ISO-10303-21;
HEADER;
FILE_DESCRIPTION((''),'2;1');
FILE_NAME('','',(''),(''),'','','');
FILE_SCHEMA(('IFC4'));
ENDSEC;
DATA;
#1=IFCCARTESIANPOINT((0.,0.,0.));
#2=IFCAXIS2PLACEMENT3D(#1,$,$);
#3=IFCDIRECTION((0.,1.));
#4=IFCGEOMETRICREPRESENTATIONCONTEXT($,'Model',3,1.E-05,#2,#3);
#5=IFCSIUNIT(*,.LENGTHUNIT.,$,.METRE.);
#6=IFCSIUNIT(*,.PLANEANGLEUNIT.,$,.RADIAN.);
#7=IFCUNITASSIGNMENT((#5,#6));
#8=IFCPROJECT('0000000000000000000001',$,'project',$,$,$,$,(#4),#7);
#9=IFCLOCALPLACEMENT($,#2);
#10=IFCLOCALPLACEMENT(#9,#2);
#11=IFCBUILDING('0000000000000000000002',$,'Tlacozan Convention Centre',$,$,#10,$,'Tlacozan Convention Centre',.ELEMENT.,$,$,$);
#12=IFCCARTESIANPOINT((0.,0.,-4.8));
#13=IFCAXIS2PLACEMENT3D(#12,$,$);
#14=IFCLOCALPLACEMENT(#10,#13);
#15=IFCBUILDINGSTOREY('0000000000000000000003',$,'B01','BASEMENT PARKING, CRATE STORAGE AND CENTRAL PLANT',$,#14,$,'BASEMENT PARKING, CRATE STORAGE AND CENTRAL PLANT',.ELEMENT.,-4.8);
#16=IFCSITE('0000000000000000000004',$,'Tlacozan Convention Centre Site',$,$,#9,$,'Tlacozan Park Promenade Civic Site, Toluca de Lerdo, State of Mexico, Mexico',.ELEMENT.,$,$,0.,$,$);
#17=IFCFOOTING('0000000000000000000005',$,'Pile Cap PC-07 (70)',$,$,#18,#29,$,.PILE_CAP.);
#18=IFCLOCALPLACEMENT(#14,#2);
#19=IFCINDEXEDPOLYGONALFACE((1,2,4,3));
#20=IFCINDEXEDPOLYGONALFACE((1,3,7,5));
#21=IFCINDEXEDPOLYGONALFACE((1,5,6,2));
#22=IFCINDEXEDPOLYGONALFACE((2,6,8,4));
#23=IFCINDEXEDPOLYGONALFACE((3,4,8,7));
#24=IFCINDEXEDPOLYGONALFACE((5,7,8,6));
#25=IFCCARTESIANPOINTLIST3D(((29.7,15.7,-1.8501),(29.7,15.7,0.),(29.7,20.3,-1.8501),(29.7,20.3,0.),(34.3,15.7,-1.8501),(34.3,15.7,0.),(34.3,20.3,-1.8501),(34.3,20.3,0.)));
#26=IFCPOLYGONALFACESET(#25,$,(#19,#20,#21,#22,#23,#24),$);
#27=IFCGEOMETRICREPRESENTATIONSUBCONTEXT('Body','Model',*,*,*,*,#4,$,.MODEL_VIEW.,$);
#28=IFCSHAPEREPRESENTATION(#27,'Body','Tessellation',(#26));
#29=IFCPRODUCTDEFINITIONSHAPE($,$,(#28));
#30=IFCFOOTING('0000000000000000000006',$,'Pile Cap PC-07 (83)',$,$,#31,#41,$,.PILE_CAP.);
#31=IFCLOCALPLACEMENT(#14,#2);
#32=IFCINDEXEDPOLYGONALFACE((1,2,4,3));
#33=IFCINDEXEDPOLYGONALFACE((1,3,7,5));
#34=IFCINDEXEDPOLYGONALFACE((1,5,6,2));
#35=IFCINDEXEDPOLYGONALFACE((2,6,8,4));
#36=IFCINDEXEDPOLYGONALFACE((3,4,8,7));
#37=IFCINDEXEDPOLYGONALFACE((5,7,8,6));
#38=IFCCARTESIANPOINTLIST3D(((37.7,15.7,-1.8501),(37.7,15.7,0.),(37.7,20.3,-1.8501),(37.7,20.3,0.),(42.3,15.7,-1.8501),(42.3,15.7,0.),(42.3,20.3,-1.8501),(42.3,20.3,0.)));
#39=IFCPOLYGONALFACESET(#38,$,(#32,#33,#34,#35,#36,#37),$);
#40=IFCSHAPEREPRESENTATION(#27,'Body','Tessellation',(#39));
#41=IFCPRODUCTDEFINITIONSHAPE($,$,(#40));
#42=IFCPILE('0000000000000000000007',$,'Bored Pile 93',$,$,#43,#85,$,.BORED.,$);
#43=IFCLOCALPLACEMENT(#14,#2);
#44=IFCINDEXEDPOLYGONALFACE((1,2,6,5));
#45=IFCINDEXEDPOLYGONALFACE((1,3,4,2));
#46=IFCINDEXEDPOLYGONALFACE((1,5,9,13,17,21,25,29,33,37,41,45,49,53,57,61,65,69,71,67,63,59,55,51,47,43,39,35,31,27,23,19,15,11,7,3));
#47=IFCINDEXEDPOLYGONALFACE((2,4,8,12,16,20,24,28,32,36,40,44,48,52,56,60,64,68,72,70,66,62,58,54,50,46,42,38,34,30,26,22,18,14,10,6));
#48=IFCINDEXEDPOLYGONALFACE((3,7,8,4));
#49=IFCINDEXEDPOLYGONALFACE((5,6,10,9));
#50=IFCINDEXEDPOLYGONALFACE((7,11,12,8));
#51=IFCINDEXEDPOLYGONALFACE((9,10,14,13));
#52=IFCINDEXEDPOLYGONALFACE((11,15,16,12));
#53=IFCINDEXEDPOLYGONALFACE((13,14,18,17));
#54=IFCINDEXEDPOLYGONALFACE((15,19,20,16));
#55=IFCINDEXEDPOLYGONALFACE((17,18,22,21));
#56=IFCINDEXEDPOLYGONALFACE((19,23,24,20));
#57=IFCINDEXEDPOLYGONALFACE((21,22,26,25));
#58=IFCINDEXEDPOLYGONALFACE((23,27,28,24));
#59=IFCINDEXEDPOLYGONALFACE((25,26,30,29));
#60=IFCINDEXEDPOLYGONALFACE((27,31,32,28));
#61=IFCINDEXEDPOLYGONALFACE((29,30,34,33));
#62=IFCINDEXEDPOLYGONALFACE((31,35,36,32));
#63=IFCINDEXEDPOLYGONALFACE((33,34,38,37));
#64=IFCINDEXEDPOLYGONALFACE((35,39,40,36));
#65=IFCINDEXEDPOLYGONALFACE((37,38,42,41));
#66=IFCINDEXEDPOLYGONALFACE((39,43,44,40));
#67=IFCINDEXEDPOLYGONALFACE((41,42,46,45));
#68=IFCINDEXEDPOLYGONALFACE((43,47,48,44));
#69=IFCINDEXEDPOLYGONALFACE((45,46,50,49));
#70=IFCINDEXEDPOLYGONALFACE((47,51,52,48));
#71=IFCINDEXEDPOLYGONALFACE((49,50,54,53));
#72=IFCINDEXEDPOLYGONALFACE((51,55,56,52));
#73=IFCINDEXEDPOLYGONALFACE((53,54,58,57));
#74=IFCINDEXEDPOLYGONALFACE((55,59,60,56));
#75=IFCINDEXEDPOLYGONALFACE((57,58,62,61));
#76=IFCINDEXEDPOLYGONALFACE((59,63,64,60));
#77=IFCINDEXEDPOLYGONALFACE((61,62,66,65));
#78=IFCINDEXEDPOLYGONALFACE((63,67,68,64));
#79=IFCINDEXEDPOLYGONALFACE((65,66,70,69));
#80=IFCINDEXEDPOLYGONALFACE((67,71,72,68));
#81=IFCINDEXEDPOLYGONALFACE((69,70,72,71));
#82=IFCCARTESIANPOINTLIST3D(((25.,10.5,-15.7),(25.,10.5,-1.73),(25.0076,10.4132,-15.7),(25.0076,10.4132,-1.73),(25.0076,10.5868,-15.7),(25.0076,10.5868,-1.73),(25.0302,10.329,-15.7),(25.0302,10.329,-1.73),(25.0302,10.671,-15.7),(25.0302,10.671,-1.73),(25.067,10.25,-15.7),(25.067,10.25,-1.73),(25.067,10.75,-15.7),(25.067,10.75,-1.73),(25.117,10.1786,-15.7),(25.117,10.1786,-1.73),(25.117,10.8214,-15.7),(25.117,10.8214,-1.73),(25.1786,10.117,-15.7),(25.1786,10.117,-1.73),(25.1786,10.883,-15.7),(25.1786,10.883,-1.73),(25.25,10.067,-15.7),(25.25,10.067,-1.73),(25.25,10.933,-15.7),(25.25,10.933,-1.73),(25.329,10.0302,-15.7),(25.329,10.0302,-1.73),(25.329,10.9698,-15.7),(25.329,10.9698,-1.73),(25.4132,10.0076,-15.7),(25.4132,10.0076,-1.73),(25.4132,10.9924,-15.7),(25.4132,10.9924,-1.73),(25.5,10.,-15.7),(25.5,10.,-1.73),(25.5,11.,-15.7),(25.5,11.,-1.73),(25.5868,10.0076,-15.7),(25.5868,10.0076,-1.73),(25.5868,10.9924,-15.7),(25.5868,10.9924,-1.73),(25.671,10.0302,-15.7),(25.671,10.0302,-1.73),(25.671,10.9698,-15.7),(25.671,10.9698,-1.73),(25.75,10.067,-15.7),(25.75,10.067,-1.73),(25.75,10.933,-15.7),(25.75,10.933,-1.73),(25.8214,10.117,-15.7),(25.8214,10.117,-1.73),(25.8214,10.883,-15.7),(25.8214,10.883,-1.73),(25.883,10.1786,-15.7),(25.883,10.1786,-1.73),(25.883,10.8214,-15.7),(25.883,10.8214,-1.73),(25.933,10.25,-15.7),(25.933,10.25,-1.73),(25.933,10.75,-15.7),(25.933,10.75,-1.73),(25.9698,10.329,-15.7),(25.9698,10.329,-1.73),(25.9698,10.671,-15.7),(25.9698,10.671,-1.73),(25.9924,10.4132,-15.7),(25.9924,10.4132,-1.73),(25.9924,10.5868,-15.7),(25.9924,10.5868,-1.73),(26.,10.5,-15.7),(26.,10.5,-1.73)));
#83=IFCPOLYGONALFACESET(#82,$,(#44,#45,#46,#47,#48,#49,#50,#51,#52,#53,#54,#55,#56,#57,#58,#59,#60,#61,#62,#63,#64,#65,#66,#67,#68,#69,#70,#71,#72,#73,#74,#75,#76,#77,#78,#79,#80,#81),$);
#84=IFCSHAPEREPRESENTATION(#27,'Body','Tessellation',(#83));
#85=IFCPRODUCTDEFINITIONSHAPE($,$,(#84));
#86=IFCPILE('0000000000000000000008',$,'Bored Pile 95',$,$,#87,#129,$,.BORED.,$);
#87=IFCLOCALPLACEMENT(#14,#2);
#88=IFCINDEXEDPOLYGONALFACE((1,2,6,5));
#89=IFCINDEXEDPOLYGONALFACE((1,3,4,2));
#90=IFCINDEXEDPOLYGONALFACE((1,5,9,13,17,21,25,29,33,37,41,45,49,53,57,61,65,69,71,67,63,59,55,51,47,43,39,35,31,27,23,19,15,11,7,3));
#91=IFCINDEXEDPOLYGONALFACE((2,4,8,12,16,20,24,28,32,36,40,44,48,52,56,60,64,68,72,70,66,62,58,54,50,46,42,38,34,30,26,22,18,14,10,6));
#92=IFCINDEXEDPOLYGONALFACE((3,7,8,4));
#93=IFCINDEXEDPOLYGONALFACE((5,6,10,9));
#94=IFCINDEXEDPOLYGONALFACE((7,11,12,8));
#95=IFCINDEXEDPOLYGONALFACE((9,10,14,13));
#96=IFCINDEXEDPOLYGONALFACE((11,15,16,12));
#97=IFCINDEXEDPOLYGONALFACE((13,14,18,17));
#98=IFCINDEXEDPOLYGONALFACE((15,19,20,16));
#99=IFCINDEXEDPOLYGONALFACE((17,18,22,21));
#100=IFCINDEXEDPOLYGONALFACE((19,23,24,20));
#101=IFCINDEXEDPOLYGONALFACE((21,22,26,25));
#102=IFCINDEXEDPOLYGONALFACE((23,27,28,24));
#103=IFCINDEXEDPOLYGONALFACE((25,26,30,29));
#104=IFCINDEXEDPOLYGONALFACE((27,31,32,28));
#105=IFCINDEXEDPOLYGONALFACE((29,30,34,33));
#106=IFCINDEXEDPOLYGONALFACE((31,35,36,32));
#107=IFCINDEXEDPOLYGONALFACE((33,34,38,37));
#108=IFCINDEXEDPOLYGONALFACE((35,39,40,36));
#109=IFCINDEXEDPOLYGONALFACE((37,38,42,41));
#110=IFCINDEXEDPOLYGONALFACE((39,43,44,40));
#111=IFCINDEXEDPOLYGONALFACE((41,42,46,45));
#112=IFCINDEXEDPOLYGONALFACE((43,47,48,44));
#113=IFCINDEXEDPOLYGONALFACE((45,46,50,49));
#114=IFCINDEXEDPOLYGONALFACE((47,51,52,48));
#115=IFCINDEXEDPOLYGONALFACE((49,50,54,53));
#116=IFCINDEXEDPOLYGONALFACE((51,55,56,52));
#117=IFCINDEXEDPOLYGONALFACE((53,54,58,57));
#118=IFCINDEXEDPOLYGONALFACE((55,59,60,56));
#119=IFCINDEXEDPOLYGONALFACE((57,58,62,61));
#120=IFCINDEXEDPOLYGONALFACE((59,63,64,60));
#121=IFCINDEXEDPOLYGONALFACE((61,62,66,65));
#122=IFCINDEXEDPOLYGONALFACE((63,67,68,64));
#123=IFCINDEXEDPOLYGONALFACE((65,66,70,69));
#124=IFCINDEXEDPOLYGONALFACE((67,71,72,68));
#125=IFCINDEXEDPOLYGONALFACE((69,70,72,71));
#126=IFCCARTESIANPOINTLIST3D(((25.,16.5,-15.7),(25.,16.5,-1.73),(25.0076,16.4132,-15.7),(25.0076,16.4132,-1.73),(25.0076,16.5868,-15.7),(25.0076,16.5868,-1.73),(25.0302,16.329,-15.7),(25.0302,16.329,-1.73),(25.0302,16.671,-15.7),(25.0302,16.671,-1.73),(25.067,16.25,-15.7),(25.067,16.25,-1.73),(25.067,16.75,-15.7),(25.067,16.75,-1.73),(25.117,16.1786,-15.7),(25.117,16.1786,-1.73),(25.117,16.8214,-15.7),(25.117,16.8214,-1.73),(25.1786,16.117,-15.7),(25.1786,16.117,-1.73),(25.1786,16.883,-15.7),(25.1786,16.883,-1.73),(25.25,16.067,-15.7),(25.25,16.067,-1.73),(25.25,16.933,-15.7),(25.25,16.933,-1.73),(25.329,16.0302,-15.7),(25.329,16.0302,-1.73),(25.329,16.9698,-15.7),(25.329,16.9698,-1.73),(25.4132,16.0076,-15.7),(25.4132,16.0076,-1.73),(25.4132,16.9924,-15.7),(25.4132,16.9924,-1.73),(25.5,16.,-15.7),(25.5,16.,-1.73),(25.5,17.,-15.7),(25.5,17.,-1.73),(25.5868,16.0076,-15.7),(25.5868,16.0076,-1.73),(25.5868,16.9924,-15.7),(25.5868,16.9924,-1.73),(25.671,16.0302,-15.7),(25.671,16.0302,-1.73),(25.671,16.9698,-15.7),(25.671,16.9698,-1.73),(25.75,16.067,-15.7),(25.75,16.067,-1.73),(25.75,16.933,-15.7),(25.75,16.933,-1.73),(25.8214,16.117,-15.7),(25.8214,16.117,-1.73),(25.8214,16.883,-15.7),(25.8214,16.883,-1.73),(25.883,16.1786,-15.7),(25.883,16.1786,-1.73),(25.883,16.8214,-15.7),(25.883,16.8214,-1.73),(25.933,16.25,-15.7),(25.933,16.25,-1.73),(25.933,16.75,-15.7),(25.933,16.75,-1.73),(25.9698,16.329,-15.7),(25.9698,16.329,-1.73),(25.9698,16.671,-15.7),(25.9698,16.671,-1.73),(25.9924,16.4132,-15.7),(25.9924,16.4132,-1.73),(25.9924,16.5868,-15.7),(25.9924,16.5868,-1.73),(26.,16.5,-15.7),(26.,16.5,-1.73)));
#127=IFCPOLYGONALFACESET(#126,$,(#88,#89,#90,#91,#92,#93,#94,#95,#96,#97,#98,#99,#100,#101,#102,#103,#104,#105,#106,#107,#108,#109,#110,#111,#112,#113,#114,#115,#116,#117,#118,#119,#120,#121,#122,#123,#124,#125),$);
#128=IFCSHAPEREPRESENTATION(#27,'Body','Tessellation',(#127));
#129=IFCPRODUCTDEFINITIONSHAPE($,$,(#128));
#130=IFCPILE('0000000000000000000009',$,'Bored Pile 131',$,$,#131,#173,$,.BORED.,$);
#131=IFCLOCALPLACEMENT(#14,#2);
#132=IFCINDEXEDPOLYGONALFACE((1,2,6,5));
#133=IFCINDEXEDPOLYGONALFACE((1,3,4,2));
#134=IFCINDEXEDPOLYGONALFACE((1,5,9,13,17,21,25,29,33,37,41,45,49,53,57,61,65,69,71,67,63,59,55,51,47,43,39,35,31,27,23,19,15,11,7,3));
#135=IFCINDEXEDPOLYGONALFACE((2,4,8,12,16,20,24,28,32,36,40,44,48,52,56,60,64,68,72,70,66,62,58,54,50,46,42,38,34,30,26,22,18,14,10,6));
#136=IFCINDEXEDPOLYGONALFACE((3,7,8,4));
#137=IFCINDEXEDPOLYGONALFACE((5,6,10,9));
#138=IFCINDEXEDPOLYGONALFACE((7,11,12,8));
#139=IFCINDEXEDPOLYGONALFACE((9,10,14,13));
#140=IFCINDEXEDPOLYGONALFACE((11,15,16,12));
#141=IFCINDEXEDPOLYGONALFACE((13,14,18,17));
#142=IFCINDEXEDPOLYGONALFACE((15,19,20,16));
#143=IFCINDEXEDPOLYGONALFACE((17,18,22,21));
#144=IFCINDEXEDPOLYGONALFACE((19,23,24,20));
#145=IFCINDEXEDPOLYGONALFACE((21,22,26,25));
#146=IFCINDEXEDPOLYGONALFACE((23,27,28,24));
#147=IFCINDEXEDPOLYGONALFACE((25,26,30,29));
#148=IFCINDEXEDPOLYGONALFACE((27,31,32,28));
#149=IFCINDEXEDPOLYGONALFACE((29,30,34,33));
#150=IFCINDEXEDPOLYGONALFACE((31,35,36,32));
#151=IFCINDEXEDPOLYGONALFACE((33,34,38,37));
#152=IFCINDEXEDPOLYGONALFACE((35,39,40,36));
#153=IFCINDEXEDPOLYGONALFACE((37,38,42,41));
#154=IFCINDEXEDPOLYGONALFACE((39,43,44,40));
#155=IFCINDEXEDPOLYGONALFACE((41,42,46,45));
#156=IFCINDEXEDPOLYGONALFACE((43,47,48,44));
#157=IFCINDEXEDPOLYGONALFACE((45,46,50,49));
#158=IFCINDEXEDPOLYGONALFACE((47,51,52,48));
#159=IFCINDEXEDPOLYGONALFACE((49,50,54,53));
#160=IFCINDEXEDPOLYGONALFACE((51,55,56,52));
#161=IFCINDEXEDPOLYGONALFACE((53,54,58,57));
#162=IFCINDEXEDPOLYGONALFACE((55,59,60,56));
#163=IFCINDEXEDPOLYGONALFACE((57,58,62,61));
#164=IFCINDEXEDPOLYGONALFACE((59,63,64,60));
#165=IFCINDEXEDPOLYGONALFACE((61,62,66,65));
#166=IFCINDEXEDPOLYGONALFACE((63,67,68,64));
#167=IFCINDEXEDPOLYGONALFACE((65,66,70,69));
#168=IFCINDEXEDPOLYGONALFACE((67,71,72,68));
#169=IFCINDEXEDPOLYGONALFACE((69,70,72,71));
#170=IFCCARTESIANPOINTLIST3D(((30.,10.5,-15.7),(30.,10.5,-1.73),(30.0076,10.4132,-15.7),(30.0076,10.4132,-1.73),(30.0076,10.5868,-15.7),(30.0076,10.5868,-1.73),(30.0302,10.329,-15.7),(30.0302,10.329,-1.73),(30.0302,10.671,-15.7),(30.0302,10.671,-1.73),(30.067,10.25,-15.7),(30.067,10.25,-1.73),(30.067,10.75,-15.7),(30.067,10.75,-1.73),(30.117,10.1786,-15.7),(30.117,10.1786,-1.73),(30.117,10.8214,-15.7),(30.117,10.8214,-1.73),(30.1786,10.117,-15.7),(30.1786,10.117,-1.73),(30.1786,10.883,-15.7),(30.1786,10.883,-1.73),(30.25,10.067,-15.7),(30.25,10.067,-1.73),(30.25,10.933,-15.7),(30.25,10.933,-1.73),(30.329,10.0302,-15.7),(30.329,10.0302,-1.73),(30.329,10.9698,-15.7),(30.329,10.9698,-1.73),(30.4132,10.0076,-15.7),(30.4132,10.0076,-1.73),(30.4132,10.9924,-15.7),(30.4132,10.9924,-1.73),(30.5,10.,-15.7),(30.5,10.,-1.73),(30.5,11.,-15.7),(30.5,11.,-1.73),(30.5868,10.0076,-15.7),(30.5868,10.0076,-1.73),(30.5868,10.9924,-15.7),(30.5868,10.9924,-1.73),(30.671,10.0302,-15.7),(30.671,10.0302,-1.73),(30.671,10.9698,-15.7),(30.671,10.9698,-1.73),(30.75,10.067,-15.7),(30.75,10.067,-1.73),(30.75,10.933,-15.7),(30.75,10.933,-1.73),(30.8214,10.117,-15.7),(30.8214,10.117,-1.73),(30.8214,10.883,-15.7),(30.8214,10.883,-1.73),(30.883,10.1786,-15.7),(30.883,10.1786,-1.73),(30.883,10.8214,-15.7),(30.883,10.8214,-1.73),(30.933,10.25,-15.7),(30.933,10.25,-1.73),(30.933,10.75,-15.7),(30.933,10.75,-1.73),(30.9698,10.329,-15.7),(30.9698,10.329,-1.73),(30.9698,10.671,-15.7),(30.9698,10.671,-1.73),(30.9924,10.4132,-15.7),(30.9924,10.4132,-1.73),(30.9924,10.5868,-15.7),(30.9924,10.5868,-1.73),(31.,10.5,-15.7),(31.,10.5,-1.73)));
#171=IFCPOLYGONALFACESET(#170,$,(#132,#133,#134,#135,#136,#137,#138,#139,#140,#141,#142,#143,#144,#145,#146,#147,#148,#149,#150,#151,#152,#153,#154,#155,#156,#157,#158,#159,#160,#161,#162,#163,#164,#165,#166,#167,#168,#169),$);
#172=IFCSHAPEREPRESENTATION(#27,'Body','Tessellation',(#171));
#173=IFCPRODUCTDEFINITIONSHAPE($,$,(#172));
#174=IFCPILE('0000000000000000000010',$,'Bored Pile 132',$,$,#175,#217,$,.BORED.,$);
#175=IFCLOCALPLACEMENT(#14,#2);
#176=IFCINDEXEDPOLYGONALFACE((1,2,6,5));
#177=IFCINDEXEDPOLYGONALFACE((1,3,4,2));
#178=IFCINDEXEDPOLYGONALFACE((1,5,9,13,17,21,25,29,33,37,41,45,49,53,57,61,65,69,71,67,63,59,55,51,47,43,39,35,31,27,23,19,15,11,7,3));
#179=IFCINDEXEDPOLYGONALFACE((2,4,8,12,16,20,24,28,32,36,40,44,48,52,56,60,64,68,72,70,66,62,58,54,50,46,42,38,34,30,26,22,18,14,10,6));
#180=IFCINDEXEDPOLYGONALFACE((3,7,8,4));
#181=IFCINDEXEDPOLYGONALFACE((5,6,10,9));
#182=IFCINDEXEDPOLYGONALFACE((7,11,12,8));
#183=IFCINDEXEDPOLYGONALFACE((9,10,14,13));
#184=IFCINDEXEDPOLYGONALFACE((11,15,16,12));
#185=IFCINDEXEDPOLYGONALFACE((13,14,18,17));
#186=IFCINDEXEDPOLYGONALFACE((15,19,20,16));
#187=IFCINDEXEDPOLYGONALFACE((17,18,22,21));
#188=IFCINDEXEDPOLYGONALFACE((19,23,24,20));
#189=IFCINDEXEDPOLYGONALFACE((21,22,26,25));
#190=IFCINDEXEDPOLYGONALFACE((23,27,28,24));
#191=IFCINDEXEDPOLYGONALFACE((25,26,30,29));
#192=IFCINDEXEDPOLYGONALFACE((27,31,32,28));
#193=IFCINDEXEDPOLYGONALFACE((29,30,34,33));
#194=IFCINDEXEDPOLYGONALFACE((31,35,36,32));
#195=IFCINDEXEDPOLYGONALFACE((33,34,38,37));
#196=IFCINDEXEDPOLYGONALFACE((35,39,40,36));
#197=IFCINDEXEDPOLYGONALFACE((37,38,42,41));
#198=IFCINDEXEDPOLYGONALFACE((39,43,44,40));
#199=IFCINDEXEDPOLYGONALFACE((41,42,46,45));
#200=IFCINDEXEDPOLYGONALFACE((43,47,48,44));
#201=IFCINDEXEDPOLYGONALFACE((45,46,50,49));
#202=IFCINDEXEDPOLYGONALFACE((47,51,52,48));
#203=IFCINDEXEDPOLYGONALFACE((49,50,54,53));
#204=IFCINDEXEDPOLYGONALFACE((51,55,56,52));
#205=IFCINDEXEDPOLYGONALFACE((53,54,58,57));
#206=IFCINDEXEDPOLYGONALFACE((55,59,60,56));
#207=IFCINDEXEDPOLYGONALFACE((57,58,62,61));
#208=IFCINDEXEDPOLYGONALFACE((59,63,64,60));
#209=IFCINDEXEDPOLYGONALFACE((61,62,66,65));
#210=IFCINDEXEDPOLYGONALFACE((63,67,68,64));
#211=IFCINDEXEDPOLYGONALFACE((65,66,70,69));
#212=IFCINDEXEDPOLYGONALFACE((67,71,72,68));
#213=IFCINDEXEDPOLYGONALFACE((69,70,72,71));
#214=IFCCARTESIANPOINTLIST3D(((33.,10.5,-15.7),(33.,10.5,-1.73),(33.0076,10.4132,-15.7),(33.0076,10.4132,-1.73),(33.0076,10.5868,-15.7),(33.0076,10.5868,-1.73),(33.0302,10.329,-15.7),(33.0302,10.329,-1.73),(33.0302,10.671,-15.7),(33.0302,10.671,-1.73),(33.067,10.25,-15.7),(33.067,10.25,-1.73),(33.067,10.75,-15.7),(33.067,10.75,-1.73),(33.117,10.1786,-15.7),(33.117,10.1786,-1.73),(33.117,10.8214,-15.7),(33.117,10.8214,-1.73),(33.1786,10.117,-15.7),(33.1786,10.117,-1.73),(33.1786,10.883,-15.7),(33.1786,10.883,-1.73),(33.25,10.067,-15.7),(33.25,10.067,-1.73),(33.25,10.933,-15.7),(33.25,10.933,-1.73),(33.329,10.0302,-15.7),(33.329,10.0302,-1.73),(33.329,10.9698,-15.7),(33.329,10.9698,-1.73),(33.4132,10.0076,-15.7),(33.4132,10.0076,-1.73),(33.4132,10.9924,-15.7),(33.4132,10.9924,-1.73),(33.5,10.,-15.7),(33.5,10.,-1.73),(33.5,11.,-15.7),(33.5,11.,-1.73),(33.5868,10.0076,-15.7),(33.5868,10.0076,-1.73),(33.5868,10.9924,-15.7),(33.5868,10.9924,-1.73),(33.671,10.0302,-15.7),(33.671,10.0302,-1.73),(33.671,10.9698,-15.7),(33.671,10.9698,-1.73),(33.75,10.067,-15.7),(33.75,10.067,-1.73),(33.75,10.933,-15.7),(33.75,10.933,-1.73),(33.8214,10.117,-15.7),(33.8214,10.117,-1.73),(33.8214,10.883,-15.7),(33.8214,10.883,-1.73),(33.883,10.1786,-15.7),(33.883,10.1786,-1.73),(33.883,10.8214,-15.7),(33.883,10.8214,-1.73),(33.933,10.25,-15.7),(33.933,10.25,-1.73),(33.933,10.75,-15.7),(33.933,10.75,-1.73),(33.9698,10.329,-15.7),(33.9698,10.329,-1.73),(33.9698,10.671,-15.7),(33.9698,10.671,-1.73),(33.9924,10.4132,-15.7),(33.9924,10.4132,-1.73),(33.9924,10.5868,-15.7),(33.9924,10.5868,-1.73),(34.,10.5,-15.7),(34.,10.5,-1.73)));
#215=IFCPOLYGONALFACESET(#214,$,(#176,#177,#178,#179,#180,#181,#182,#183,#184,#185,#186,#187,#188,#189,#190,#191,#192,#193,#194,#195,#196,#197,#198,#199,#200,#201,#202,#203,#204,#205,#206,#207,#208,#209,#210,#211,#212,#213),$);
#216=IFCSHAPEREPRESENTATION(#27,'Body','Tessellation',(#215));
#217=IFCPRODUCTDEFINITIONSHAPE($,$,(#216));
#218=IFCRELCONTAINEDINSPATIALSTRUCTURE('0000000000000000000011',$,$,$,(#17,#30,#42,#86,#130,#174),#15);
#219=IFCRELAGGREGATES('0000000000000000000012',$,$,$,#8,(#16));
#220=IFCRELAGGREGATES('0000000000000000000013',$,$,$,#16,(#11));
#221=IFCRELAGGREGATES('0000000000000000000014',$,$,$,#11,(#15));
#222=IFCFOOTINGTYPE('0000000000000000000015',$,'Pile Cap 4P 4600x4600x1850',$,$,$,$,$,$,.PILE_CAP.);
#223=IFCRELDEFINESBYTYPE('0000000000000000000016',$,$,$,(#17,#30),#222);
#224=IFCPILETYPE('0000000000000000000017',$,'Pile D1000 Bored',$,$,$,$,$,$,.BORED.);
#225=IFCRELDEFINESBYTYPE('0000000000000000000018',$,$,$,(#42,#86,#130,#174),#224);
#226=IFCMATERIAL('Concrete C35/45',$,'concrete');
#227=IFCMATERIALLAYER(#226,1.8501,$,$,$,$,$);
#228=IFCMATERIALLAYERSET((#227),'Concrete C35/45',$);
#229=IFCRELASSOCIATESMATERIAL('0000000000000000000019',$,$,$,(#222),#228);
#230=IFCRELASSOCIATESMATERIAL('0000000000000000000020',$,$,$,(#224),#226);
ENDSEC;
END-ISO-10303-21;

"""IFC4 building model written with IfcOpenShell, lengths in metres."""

from ifc_helpers import new_model, si_unit, direction, frame, origin, origin_2d, place, context, subcontext, project, spatial, rectangle, circle, extrude, material, layer, layer_set, material_profile, profile_set, type_object, element, save


model = new_model("IFC4")

# Units and contexts
model_context = context("Model", 3, precision=1e-05, world=origin(), true_north=direction((0.0, 1.0)))
body_context = subcontext(model_context, "Body", "Model", "MODEL_VIEW")
ifc_project = project(units=[si_unit("LENGTHUNIT", "METRE"), si_unit("PLANEANGLEUNIT", "RADIAN")], contexts=[model_context])

# Site, building, storey
site_placement = place(None, origin())
site = spatial("IfcSite", under=ifc_project, at=site_placement, Name="Tlacozan Convention Centre Site", LongName="Tlacozan Park Promenade Civic Site, Toluca de Lerdo, State of Mexico, Mexico", CompositionType="ELEMENT", RefElevation=0.0)
building_placement = place(site_placement, origin())
building = spatial("IfcBuilding", under=site, at=building_placement, Name="Tlacozan Convention Centre", LongName="Tlacozan Convention Centre", CompositionType="ELEMENT")
storey_placement = place(building_placement, frame((0.0, 0.0, -4.8)))
storey = spatial("IfcBuildingStorey", under=building, at=storey_placement, Name="B01", Description="BASEMENT PARKING, CRATE STORAGE AND CENTRAL PLANT", LongName="BASEMENT PARKING, CRATE STORAGE AND CENTRAL PLANT", CompositionType="ELEMENT", Elevation=-4.8)

# Footings
ifc_material_1 = material(Name="Concrete C35/45", Category="concrete")
ifc_layer_1 = layer(ifc_material_1, 1.8501)
ifc_layer_set_1 = layer_set([ifc_layer_1], Name="Concrete C35/45")
footing_type = type_object("IfcFootingType", Name="Pile Cap 4P 4600x4600x1850", PredefinedType="PILE_CAP", material=ifc_layer_set_1)
for number, where, z_axis, x_axis, name in (
    (1, (32.0, 18.0, -1.8501), (0.0, 0.0, 1.0), (1.0, 0.0, 0.0), "Pile Cap PC-07 (70)"),
    (2, (40.0, 18.0, -1.8501), (0.0, 0.0, 1.0), (1.0, 0.0, 0.0), "Pile Cap PC-07 (83)"),
):
    element("IfcFooting", number, at=place(storey_placement, frame(where, z_axis=z_axis, x_axis=x_axis)), inside=storey, type_object=footing_type, Name=name, PredefinedType="PILE_CAP", context=body_context, shape_type="SweptSolid", body=[
        extrude(rectangle(XDim=4.6001, YDim=4.6001, at=origin_2d()), origin(), (0.0, 0.0, 1.0), 1.8501),
    ])

# Piles
ifc_material_profile_1 = material_profile(ifc_material_1, circle(Radius=0.5, at=origin_2d()), Name="PILE D1000")
ifc_profile_set_1 = profile_set([ifc_material_profile_1], Name="Concrete C35/45")
pile_type = type_object("IfcPileType", Name="Pile D1000 Bored", PredefinedType="BORED", material=ifc_profile_set_1)
for number, where, z_axis, x_axis, name in (
    (3, (25.5, 10.5, -1.73), (0.0, 0.0, -1.0), (1.0, 0.0, 0.0), "Bored Pile 93"),
    (4, (25.5, 16.5, -1.73), (0.0, 0.0, -1.0), (1.0, 0.0, 0.0), "Bored Pile 95"),
    (5, (30.5, 10.5, -1.73), (0.0, 0.0, -1.0), (1.0, 0.0, 0.0), "Bored Pile 131"),
    (6, (33.5, 10.5, -1.73), (0.0, 0.0, -1.0), (1.0, 0.0, 0.0), "Bored Pile 132"),
):
    element("IfcPile", number, at=place(storey_placement, frame(where, z_axis=z_axis, x_axis=x_axis)), inside=storey, type_object=pile_type, Name=name, PredefinedType="BORED", context=body_context, shape_type="SweptSolid", body=[
        extrude(circle(Radius=0.5, at=origin_2d()), origin(), (0.0, 0.0, 1.0), 13.97),
    ])

save(model, "model.ifc")
